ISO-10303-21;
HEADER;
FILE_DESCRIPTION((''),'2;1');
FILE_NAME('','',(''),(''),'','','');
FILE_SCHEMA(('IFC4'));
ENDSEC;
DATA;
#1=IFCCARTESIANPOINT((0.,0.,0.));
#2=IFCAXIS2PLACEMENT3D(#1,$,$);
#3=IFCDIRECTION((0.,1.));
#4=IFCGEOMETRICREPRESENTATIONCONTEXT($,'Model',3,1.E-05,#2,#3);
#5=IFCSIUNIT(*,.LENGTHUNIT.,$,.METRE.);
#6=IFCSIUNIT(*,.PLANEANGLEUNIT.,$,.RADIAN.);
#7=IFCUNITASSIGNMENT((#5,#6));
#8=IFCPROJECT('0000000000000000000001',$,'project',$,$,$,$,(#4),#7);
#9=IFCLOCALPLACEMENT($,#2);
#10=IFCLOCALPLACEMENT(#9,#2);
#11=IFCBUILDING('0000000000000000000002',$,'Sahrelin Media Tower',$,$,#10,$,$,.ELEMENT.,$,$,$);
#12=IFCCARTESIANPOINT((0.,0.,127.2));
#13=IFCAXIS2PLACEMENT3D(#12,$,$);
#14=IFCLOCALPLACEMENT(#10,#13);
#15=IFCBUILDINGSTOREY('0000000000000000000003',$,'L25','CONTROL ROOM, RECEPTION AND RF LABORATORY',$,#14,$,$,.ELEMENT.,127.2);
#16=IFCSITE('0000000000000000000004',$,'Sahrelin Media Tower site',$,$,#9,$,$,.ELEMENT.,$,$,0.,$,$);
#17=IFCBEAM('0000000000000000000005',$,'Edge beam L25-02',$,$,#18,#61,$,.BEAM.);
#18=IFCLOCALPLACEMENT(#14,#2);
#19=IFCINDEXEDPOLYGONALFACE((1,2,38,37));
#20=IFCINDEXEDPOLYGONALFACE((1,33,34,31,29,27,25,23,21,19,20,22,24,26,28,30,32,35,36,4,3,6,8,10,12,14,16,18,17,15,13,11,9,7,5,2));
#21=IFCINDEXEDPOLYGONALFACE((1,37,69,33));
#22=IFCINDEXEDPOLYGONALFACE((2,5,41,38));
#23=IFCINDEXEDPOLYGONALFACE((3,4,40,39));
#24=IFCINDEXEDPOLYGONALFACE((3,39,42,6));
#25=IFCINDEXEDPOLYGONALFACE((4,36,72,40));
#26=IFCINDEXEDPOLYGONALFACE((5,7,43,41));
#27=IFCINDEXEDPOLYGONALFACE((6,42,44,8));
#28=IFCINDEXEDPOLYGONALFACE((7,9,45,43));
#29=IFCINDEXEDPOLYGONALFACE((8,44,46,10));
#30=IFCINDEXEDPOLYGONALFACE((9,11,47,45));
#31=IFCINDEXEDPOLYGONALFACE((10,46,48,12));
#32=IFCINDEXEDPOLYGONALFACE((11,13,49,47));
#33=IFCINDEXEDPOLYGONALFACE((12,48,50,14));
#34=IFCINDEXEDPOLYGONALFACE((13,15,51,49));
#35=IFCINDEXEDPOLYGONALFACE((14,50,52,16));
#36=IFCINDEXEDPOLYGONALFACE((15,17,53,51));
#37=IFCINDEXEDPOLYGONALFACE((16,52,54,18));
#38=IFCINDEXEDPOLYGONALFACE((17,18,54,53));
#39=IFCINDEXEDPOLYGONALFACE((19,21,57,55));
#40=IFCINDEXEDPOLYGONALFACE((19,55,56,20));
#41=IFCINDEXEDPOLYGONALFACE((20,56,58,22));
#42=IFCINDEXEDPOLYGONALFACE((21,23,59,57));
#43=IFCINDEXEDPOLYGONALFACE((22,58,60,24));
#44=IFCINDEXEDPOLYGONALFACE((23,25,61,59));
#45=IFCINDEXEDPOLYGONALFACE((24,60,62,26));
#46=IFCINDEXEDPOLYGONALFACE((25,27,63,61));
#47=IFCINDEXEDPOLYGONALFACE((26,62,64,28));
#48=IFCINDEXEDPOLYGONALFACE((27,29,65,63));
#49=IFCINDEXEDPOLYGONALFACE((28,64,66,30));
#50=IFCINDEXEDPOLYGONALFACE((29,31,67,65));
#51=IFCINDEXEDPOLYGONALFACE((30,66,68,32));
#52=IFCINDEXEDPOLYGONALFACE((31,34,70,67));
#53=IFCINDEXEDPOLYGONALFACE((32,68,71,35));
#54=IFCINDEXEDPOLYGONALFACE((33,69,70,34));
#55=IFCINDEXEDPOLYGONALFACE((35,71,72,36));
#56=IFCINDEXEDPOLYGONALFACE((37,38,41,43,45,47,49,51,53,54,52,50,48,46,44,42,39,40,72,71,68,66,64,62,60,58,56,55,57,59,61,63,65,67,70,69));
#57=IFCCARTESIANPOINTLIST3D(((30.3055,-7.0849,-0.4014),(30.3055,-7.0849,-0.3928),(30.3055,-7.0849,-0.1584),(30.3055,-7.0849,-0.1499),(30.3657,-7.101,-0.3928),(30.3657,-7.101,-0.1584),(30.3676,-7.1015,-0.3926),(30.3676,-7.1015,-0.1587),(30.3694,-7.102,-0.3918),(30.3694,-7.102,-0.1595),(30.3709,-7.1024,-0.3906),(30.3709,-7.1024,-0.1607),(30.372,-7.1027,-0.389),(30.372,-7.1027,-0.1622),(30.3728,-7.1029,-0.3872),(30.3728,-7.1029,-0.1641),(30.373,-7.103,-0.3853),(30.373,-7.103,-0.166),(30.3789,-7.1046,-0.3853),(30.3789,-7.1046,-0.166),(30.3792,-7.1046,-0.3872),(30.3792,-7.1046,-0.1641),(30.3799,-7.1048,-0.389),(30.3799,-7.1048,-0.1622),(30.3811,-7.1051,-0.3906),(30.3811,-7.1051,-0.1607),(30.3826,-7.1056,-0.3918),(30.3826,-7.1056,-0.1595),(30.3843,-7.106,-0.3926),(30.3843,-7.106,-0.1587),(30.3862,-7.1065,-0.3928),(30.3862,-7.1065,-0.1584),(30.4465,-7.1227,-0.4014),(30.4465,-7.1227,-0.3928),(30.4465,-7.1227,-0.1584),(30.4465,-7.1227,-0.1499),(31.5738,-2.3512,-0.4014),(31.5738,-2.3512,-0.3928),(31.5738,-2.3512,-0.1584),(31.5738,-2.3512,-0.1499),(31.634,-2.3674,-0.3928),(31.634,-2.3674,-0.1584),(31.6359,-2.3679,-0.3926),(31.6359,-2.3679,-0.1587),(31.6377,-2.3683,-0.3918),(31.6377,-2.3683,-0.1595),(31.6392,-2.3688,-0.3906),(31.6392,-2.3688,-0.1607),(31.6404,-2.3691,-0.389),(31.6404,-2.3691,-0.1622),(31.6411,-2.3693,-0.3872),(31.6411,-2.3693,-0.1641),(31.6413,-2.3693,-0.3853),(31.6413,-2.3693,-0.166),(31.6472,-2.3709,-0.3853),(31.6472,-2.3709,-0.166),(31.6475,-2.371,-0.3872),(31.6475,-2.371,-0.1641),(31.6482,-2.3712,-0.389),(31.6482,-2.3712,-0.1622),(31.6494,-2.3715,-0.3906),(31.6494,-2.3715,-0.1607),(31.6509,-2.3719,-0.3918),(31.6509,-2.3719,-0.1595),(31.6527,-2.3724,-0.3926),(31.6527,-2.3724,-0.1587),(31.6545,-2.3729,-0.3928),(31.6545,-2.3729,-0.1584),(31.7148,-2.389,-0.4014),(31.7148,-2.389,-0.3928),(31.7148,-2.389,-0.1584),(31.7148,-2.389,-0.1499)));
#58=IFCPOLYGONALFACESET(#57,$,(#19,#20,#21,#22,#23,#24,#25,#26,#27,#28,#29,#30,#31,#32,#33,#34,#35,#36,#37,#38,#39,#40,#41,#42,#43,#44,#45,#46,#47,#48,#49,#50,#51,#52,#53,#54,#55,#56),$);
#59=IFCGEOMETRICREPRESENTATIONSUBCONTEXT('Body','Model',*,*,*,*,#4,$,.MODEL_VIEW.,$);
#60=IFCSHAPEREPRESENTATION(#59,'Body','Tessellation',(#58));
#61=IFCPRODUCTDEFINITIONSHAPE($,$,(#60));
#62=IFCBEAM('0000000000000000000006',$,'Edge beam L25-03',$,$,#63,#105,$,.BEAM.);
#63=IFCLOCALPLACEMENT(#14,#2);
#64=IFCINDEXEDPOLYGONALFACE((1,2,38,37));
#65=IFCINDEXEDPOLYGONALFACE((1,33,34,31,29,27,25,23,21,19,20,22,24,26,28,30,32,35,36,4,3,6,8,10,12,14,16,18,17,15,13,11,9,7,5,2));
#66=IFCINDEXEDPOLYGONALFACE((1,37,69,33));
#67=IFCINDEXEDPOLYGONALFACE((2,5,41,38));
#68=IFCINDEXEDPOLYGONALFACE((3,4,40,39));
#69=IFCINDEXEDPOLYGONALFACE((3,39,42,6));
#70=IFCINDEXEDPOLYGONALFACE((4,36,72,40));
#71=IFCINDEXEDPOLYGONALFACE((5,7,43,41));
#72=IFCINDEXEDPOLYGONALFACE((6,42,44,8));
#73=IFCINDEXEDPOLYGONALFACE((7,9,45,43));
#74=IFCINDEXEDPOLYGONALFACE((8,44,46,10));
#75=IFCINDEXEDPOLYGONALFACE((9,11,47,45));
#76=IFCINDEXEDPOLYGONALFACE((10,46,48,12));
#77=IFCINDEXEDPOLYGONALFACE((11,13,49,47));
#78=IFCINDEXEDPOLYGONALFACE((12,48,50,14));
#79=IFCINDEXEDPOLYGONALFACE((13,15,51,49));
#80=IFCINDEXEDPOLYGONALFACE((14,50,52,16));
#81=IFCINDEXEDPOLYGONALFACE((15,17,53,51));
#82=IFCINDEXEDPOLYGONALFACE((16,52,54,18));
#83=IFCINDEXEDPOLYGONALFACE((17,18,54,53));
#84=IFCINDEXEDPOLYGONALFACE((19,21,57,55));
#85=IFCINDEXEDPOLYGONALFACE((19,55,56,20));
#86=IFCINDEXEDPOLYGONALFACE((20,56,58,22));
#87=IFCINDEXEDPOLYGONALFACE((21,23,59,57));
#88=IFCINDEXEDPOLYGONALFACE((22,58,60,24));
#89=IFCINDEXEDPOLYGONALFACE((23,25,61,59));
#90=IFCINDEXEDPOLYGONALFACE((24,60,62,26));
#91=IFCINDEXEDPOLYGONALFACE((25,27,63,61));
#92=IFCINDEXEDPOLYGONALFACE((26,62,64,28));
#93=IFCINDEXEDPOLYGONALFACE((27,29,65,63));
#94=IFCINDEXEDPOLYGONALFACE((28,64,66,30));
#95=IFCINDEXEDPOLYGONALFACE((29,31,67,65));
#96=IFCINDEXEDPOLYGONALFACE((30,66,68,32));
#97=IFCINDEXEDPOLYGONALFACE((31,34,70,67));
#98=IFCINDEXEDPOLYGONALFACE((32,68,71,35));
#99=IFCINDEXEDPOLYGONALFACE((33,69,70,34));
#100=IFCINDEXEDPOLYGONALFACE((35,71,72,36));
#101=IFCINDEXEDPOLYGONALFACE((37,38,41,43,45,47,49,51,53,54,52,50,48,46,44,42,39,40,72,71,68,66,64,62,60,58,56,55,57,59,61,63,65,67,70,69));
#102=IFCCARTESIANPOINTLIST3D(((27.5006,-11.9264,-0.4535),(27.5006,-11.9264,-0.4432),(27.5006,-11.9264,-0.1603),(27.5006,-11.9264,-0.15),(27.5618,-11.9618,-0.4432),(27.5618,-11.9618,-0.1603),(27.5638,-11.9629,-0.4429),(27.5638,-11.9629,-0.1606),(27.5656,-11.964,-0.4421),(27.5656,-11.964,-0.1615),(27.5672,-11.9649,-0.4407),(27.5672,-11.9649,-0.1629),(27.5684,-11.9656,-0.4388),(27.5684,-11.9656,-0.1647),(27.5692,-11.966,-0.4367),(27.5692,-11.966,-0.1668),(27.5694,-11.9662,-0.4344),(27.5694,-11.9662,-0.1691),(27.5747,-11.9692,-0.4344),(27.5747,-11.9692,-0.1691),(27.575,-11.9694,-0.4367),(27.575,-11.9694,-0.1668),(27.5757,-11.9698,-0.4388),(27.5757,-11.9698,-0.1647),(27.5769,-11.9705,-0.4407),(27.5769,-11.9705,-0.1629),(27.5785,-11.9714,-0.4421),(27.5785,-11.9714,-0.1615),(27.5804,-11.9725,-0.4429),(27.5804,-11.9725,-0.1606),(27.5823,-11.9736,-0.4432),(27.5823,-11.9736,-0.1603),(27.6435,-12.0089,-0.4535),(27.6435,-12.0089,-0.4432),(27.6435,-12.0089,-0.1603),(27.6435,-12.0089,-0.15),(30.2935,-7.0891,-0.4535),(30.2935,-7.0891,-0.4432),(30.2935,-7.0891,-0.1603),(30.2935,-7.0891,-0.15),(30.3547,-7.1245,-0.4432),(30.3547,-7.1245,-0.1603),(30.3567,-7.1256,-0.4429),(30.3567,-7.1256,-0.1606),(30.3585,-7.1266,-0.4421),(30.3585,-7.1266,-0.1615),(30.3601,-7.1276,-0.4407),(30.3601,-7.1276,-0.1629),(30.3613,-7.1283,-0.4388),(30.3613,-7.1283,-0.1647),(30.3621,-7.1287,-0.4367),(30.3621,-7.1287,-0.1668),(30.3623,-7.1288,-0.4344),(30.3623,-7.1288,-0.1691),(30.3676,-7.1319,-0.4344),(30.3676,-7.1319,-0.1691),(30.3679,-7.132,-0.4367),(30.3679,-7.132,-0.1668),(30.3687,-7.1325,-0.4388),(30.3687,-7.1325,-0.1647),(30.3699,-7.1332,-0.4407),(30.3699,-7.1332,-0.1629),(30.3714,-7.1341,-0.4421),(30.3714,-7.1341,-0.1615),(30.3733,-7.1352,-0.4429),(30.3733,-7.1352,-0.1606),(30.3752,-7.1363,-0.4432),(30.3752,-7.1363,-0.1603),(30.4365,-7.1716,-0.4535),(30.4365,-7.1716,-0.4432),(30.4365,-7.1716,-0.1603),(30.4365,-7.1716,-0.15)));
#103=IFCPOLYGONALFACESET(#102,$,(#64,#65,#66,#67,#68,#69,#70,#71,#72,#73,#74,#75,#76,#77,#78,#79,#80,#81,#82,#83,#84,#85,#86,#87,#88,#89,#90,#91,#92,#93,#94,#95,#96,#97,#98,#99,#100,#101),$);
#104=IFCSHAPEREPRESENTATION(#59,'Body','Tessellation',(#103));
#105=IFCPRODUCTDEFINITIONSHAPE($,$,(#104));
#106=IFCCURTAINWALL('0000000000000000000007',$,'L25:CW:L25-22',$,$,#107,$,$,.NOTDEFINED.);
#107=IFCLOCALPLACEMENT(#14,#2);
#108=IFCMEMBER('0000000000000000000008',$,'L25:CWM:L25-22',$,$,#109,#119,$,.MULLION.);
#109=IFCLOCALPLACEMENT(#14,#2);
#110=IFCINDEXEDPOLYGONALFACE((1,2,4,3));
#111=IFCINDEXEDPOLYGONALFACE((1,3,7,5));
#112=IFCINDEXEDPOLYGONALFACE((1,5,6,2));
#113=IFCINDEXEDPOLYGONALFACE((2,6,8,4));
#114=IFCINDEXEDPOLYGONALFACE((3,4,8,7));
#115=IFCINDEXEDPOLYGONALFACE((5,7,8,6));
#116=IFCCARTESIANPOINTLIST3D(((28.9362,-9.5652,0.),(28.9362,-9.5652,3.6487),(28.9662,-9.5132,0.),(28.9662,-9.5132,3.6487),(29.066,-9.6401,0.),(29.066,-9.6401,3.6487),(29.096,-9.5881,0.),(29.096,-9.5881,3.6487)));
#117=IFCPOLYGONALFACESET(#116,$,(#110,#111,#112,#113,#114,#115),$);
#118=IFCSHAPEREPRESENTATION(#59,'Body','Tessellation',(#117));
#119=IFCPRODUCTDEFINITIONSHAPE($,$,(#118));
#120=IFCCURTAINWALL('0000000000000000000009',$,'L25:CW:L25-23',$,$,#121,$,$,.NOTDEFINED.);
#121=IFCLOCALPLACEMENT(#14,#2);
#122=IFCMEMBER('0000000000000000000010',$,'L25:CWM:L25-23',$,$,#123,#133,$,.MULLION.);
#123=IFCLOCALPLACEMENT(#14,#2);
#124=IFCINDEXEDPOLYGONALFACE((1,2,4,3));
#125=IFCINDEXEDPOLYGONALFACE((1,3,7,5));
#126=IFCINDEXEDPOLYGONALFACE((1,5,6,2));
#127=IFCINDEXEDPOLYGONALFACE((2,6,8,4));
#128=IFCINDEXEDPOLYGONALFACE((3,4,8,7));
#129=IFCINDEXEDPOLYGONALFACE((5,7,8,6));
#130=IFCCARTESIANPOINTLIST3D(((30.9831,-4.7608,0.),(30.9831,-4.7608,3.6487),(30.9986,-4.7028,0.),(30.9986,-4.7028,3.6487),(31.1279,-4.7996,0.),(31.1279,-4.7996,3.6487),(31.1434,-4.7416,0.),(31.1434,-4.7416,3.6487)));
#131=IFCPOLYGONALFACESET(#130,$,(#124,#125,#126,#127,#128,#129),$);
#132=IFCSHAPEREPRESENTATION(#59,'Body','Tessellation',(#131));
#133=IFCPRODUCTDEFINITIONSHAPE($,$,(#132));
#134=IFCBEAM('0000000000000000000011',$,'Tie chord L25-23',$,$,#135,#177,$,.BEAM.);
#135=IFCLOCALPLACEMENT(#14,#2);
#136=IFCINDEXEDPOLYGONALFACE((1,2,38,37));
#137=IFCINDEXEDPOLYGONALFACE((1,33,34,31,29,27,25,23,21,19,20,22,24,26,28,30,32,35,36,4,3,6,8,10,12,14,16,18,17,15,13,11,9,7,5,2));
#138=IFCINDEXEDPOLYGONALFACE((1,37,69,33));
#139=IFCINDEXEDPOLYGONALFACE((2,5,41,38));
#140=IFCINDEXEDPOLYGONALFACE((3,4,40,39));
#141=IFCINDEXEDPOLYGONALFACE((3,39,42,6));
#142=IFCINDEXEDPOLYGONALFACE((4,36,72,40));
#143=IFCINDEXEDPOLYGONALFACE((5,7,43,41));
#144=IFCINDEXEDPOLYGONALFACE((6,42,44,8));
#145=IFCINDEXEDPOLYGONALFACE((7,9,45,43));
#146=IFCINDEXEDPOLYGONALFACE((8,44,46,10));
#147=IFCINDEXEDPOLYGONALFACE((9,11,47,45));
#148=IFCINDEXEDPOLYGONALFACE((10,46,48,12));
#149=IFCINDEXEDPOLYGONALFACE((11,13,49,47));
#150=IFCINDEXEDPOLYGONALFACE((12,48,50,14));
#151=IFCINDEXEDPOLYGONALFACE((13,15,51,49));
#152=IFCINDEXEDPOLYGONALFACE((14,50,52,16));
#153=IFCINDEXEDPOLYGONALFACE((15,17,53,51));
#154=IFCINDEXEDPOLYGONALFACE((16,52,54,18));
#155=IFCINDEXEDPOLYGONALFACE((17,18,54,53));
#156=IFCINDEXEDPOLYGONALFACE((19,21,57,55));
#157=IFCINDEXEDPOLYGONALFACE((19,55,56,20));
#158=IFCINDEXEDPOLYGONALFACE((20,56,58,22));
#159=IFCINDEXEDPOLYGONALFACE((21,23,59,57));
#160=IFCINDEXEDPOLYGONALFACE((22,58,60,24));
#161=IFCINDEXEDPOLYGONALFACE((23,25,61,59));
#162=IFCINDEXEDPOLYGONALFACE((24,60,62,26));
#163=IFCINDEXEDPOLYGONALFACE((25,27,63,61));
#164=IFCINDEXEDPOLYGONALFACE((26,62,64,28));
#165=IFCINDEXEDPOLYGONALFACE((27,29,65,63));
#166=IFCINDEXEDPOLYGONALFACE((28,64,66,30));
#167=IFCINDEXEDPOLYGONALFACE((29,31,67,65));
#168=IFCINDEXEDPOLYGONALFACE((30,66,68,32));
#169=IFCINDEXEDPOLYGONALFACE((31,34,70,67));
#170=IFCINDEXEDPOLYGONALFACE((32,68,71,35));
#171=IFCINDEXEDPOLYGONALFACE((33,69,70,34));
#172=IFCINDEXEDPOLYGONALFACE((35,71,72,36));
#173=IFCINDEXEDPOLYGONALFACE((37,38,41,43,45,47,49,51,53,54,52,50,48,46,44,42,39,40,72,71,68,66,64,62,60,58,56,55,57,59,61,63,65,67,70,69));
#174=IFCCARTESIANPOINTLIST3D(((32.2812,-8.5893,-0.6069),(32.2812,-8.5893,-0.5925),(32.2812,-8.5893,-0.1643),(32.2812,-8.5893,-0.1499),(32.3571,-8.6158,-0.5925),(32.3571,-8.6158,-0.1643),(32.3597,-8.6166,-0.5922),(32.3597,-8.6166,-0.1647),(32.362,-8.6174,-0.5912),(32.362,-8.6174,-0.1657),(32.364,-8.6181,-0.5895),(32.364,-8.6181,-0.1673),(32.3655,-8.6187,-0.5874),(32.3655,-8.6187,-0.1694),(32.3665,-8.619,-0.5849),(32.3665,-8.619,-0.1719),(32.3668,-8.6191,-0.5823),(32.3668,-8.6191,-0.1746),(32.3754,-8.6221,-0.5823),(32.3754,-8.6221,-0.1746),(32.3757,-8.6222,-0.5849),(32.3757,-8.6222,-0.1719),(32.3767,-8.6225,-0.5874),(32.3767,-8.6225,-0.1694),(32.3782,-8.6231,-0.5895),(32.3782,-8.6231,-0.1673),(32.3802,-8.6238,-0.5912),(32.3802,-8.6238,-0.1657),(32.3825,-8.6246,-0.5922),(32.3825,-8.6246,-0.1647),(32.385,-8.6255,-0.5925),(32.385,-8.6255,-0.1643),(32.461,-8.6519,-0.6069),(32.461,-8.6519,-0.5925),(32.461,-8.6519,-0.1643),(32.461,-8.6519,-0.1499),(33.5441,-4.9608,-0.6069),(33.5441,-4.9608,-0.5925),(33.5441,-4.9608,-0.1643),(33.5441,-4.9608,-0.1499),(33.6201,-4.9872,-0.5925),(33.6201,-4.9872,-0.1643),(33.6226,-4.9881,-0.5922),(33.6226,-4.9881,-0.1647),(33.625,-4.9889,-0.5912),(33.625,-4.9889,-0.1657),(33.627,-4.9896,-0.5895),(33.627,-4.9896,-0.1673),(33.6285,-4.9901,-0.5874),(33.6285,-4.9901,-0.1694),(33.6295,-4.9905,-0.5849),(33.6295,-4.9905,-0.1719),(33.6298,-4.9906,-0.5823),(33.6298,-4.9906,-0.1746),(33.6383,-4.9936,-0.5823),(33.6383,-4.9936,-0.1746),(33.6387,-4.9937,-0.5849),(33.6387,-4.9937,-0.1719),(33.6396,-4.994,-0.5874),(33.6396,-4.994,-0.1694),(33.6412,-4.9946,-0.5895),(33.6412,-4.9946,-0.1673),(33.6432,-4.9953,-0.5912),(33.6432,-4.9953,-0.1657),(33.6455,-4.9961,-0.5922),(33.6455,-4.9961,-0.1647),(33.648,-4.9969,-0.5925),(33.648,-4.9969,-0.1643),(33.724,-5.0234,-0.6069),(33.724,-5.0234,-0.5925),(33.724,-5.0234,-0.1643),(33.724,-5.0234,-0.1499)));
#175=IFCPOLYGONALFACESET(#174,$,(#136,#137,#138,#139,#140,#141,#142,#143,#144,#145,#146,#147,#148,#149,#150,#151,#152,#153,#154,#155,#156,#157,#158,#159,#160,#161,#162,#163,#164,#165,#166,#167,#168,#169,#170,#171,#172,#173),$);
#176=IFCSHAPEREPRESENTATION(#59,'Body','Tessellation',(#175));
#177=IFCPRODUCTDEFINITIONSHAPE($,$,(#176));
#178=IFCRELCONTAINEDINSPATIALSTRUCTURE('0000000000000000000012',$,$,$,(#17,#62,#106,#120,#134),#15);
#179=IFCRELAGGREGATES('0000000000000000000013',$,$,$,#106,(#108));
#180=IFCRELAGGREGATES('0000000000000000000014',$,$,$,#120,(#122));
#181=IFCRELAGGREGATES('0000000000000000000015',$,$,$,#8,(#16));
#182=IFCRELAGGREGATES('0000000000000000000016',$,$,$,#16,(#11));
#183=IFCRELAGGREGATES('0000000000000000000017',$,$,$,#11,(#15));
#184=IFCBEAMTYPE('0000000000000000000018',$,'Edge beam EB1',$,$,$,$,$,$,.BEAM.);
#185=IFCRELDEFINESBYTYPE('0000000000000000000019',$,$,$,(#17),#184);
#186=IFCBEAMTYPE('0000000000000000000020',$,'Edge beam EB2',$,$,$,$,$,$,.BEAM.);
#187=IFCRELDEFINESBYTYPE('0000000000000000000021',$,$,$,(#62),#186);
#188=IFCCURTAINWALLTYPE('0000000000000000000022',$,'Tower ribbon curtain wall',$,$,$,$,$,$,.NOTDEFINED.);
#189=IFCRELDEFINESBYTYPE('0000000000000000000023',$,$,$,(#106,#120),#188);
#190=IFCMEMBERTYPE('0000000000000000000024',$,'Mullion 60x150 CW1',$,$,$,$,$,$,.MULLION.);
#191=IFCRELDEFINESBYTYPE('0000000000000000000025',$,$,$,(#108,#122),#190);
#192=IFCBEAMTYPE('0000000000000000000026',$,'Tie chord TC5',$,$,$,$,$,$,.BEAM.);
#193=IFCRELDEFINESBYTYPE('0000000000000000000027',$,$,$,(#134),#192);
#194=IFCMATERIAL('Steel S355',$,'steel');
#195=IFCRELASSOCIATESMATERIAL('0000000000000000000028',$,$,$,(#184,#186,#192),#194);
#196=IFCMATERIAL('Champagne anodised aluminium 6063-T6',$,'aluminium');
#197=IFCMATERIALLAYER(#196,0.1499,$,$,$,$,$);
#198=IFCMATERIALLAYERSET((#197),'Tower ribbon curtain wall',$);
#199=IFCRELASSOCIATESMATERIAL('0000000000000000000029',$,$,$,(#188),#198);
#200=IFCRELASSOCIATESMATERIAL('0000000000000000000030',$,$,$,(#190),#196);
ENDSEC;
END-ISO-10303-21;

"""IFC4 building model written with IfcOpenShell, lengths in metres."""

from ifc_helpers import new_model, si_unit, direction, frame, origin, origin_2d, place, context, subcontext, project, spatial, rectangle, i_section, extrude, material, layer, layer_set, material_profile, profile_set, type_object, element, aggregate, save


model = new_model("IFC4")

# Units and contexts
model_context = context("Model", 3, precision=1e-05, world=origin(), true_north=direction((0.0, 1.0)))
body_context = subcontext(model_context, "Body", "Model", "MODEL_VIEW")
ifc_project = project(units=[si_unit("LENGTHUNIT", "METRE"), si_unit("PLANEANGLEUNIT", "RADIAN")], contexts=[model_context])

# Site, building, storey
site_placement = place(None, origin())
site = spatial("IfcSite", under=ifc_project, at=site_placement, Name="Sahrelin Media Tower site", CompositionType="ELEMENT", RefElevation=0.0)
building_placement = place(site_placement, origin())
building = spatial("IfcBuilding", under=site, at=building_placement, Name="Sahrelin Media Tower", CompositionType="ELEMENT")
storey_placement = place(building_placement, frame((0.0, 0.0, 127.2)))
storey = spatial("IfcBuildingStorey", under=building, at=storey_placement, Name="L25", Description="CONTROL ROOM, RECEPTION AND RF LABORATORY", CompositionType="ELEMENT", Elevation=127.2)

# Beams
ifc_material_1 = material(Name="Steel S355", Category="steel")
ifc_material_profile_1 = material_profile(ifc_material_1, i_section(OverallWidth=0.146, OverallDepth=0.2515, WebThickness=0.0061, FlangeThickness=0.0085, FilletRadius=0.0076, at=origin_2d()), Name="UB 254x146x31")
ifc_profile_set_1 = profile_set([ifc_material_profile_1], Name="Steel S355")
beam_type_1 = type_object("IfcBeamType", Name="Edge beam EB1", PredefinedType="BEAM", material=ifc_profile_set_1)
beam_1_placement = place(storey_placement, frame((31.6443, -2.3701, -0.2756), z_axis=(-0.258807, -0.965929, 0.0), x_axis=(0.965929, -0.258807, 0.0)))
element("IfcBeam", 1, at=beam_1_placement, inside=storey, type_object=beam_type_1, Name="Edge beam L25-02", PredefinedType="BEAM", context=body_context, shape_type="SweptSolid", body=[
    extrude(i_section(OverallWidth=0.146, OverallDepth=0.2515, WebThickness=0.0061, FlangeThickness=0.0085, FilletRadius=0.0076, at=origin_2d()), origin(), (0.0, 0.0, 1.0), 4.9006),
])
ifc_material_profile_2 = material_profile(ifc_material_1, i_section(OverallWidth=0.165, OverallDepth=0.3035, WebThickness=0.0061, FlangeThickness=0.0103, FilletRadius=0.0088, at=origin_2d()), Name="UB 305x165x40")
ifc_profile_set_2 = profile_set([ifc_material_profile_2], Name="Steel S355")
beam_type_2 = type_object("IfcBeamType", Name="Edge beam EB2", PredefinedType="BEAM", material=ifc_profile_set_2)
beam_2_placement = place(storey_placement, frame((30.365, -7.1304, -0.3018), z_axis=(-0.500013, -0.866018, 0.0), x_axis=(0.866018, -0.500013, 0.0)))
element("IfcBeam", 2, at=beam_2_placement, inside=storey, type_object=beam_type_2, Name="Edge beam L25-03", PredefinedType="BEAM", context=body_context, shape_type="SweptSolid", body=[
    extrude(i_section(OverallWidth=0.165, OverallDepth=0.3035, WebThickness=0.0061, FlangeThickness=0.0103, FilletRadius=0.0088, at=origin_2d()), origin(), (0.0, 0.0, 1.0), 5.5857),
])

# Curtain walls, members
ifc_material_2 = material(Name="Champagne anodised aluminium 6063-T6", Category="aluminium")
ifc_layer_1 = layer(ifc_material_2, 0.1499)
ifc_layer_set_1 = layer_set([ifc_layer_1], Name="Tower ribbon curtain wall")
curtain_wall_type = type_object("IfcCurtainWallType", Name="Tower ribbon curtain wall", PredefinedType="NOTDEFINED", material=ifc_layer_set_1)
curtain_wall_1_placement = place(storey_placement, frame((29.0984, -9.624, 0.0), z_axis=(0.0, 0.0, 1.0), x_axis=(1.0, 0.0, 0.0)))
curtain_wall_1 = element("IfcCurtainWall", 3, at=curtain_wall_1_placement, inside=storey, type_object=curtain_wall_type, Name="L25:CW:L25-22", PredefinedType="NOTDEFINED")
ifc_material_profile_3 = material_profile(ifc_material_2, rectangle(XDim=0.0601, YDim=0.1499, at=origin_2d()), Name="Mullion 60x150")
ifc_profile_set_3 = profile_set([ifc_material_profile_3], Name="Champagne anodised aluminium 6063-T6")
member_type_1 = type_object("IfcMemberType", Name="Mullion 60x150 CW1", PredefinedType="MULLION", material=ifc_profile_set_3)
member_1_placement = place(storey_placement, frame((29.0161, -9.5767, 0.0), z_axis=(0.0, 0.0, 1.0), x_axis=(0.499998, 0.866026, 0.0)))
member_1 = element("IfcMember", 4, at=member_1_placement, type_object=member_type_1, Name="L25:CWM:L25-22", PredefinedType="MULLION", context=body_context, shape_type="SweptSolid", body=[
    extrude(rectangle(XDim=0.0601, YDim=0.1499, at=origin_2d()), origin(), (0.0, 0.0, 1.0), 3.6487),
])
aggregate(curtain_wall_1, [member_1])
curtain_wall_2_placement = place(storey_placement, frame((31.155, -4.7759, 0.0), z_axis=(0.0, 0.0, 1.0), x_axis=(1.0, 0.0, 0.0)))
curtain_wall_2 = element("IfcCurtainWall", 5, at=curtain_wall_2_placement, inside=storey, type_object=curtain_wall_type, Name="L25:CW:L25-23", PredefinedType="NOTDEFINED")
member_2_placement = place(storey_placement, frame((31.0632, -4.7512, 0.0), z_axis=(0.0, 0.0, 1.0), x_axis=(0.258833, 0.965922, 0.0)))
member_2 = element("IfcMember", 6, at=member_2_placement, type_object=member_type_1, Name="L25:CWM:L25-23", PredefinedType="MULLION", context=body_context, shape_type="SweptSolid", body=[
    extrude(rectangle(XDim=0.0601, YDim=0.1499, at=origin_2d()), origin(), (0.0, 0.0, 1.0), 3.6487),
])

# Beam
ifc_material_profile_4 = material_profile(ifc_material_1, i_section(OverallWidth=0.1904, OverallDepth=0.457, WebThickness=0.009, FlangeThickness=0.0144, FilletRadius=0.0103, at=origin_2d()), Name="UB 457x191x74")
ifc_profile_set_4 = profile_set([ifc_material_profile_4], Name="Steel S355")
beam_type_3 = type_object("IfcBeamType", Name="Tie chord TC5", PredefinedType="BEAM", material=ifc_profile_set_4)
beam_3_placement = place(storey_placement, frame((32.3711, -8.6206, -0.3784), z_axis=(0.328725, 0.944426, 0.0), x_axis=(-0.944426, 0.328725, 0.0)))
element("IfcBeam", 7, at=beam_3_placement, inside=storey, type_object=beam_type_3, Name="Tie chord L25-23", PredefinedType="BEAM", context=body_context, shape_type="SweptSolid", body=[
    extrude(i_section(OverallWidth=0.1904, OverallDepth=0.457, WebThickness=0.009, FlangeThickness=0.0144, FilletRadius=0.0103, at=origin_2d()), origin(), (0.0, 0.0, 1.0), 3.842),
])

aggregate(curtain_wall_2, [member_2])

save(model, "model.ifc")
